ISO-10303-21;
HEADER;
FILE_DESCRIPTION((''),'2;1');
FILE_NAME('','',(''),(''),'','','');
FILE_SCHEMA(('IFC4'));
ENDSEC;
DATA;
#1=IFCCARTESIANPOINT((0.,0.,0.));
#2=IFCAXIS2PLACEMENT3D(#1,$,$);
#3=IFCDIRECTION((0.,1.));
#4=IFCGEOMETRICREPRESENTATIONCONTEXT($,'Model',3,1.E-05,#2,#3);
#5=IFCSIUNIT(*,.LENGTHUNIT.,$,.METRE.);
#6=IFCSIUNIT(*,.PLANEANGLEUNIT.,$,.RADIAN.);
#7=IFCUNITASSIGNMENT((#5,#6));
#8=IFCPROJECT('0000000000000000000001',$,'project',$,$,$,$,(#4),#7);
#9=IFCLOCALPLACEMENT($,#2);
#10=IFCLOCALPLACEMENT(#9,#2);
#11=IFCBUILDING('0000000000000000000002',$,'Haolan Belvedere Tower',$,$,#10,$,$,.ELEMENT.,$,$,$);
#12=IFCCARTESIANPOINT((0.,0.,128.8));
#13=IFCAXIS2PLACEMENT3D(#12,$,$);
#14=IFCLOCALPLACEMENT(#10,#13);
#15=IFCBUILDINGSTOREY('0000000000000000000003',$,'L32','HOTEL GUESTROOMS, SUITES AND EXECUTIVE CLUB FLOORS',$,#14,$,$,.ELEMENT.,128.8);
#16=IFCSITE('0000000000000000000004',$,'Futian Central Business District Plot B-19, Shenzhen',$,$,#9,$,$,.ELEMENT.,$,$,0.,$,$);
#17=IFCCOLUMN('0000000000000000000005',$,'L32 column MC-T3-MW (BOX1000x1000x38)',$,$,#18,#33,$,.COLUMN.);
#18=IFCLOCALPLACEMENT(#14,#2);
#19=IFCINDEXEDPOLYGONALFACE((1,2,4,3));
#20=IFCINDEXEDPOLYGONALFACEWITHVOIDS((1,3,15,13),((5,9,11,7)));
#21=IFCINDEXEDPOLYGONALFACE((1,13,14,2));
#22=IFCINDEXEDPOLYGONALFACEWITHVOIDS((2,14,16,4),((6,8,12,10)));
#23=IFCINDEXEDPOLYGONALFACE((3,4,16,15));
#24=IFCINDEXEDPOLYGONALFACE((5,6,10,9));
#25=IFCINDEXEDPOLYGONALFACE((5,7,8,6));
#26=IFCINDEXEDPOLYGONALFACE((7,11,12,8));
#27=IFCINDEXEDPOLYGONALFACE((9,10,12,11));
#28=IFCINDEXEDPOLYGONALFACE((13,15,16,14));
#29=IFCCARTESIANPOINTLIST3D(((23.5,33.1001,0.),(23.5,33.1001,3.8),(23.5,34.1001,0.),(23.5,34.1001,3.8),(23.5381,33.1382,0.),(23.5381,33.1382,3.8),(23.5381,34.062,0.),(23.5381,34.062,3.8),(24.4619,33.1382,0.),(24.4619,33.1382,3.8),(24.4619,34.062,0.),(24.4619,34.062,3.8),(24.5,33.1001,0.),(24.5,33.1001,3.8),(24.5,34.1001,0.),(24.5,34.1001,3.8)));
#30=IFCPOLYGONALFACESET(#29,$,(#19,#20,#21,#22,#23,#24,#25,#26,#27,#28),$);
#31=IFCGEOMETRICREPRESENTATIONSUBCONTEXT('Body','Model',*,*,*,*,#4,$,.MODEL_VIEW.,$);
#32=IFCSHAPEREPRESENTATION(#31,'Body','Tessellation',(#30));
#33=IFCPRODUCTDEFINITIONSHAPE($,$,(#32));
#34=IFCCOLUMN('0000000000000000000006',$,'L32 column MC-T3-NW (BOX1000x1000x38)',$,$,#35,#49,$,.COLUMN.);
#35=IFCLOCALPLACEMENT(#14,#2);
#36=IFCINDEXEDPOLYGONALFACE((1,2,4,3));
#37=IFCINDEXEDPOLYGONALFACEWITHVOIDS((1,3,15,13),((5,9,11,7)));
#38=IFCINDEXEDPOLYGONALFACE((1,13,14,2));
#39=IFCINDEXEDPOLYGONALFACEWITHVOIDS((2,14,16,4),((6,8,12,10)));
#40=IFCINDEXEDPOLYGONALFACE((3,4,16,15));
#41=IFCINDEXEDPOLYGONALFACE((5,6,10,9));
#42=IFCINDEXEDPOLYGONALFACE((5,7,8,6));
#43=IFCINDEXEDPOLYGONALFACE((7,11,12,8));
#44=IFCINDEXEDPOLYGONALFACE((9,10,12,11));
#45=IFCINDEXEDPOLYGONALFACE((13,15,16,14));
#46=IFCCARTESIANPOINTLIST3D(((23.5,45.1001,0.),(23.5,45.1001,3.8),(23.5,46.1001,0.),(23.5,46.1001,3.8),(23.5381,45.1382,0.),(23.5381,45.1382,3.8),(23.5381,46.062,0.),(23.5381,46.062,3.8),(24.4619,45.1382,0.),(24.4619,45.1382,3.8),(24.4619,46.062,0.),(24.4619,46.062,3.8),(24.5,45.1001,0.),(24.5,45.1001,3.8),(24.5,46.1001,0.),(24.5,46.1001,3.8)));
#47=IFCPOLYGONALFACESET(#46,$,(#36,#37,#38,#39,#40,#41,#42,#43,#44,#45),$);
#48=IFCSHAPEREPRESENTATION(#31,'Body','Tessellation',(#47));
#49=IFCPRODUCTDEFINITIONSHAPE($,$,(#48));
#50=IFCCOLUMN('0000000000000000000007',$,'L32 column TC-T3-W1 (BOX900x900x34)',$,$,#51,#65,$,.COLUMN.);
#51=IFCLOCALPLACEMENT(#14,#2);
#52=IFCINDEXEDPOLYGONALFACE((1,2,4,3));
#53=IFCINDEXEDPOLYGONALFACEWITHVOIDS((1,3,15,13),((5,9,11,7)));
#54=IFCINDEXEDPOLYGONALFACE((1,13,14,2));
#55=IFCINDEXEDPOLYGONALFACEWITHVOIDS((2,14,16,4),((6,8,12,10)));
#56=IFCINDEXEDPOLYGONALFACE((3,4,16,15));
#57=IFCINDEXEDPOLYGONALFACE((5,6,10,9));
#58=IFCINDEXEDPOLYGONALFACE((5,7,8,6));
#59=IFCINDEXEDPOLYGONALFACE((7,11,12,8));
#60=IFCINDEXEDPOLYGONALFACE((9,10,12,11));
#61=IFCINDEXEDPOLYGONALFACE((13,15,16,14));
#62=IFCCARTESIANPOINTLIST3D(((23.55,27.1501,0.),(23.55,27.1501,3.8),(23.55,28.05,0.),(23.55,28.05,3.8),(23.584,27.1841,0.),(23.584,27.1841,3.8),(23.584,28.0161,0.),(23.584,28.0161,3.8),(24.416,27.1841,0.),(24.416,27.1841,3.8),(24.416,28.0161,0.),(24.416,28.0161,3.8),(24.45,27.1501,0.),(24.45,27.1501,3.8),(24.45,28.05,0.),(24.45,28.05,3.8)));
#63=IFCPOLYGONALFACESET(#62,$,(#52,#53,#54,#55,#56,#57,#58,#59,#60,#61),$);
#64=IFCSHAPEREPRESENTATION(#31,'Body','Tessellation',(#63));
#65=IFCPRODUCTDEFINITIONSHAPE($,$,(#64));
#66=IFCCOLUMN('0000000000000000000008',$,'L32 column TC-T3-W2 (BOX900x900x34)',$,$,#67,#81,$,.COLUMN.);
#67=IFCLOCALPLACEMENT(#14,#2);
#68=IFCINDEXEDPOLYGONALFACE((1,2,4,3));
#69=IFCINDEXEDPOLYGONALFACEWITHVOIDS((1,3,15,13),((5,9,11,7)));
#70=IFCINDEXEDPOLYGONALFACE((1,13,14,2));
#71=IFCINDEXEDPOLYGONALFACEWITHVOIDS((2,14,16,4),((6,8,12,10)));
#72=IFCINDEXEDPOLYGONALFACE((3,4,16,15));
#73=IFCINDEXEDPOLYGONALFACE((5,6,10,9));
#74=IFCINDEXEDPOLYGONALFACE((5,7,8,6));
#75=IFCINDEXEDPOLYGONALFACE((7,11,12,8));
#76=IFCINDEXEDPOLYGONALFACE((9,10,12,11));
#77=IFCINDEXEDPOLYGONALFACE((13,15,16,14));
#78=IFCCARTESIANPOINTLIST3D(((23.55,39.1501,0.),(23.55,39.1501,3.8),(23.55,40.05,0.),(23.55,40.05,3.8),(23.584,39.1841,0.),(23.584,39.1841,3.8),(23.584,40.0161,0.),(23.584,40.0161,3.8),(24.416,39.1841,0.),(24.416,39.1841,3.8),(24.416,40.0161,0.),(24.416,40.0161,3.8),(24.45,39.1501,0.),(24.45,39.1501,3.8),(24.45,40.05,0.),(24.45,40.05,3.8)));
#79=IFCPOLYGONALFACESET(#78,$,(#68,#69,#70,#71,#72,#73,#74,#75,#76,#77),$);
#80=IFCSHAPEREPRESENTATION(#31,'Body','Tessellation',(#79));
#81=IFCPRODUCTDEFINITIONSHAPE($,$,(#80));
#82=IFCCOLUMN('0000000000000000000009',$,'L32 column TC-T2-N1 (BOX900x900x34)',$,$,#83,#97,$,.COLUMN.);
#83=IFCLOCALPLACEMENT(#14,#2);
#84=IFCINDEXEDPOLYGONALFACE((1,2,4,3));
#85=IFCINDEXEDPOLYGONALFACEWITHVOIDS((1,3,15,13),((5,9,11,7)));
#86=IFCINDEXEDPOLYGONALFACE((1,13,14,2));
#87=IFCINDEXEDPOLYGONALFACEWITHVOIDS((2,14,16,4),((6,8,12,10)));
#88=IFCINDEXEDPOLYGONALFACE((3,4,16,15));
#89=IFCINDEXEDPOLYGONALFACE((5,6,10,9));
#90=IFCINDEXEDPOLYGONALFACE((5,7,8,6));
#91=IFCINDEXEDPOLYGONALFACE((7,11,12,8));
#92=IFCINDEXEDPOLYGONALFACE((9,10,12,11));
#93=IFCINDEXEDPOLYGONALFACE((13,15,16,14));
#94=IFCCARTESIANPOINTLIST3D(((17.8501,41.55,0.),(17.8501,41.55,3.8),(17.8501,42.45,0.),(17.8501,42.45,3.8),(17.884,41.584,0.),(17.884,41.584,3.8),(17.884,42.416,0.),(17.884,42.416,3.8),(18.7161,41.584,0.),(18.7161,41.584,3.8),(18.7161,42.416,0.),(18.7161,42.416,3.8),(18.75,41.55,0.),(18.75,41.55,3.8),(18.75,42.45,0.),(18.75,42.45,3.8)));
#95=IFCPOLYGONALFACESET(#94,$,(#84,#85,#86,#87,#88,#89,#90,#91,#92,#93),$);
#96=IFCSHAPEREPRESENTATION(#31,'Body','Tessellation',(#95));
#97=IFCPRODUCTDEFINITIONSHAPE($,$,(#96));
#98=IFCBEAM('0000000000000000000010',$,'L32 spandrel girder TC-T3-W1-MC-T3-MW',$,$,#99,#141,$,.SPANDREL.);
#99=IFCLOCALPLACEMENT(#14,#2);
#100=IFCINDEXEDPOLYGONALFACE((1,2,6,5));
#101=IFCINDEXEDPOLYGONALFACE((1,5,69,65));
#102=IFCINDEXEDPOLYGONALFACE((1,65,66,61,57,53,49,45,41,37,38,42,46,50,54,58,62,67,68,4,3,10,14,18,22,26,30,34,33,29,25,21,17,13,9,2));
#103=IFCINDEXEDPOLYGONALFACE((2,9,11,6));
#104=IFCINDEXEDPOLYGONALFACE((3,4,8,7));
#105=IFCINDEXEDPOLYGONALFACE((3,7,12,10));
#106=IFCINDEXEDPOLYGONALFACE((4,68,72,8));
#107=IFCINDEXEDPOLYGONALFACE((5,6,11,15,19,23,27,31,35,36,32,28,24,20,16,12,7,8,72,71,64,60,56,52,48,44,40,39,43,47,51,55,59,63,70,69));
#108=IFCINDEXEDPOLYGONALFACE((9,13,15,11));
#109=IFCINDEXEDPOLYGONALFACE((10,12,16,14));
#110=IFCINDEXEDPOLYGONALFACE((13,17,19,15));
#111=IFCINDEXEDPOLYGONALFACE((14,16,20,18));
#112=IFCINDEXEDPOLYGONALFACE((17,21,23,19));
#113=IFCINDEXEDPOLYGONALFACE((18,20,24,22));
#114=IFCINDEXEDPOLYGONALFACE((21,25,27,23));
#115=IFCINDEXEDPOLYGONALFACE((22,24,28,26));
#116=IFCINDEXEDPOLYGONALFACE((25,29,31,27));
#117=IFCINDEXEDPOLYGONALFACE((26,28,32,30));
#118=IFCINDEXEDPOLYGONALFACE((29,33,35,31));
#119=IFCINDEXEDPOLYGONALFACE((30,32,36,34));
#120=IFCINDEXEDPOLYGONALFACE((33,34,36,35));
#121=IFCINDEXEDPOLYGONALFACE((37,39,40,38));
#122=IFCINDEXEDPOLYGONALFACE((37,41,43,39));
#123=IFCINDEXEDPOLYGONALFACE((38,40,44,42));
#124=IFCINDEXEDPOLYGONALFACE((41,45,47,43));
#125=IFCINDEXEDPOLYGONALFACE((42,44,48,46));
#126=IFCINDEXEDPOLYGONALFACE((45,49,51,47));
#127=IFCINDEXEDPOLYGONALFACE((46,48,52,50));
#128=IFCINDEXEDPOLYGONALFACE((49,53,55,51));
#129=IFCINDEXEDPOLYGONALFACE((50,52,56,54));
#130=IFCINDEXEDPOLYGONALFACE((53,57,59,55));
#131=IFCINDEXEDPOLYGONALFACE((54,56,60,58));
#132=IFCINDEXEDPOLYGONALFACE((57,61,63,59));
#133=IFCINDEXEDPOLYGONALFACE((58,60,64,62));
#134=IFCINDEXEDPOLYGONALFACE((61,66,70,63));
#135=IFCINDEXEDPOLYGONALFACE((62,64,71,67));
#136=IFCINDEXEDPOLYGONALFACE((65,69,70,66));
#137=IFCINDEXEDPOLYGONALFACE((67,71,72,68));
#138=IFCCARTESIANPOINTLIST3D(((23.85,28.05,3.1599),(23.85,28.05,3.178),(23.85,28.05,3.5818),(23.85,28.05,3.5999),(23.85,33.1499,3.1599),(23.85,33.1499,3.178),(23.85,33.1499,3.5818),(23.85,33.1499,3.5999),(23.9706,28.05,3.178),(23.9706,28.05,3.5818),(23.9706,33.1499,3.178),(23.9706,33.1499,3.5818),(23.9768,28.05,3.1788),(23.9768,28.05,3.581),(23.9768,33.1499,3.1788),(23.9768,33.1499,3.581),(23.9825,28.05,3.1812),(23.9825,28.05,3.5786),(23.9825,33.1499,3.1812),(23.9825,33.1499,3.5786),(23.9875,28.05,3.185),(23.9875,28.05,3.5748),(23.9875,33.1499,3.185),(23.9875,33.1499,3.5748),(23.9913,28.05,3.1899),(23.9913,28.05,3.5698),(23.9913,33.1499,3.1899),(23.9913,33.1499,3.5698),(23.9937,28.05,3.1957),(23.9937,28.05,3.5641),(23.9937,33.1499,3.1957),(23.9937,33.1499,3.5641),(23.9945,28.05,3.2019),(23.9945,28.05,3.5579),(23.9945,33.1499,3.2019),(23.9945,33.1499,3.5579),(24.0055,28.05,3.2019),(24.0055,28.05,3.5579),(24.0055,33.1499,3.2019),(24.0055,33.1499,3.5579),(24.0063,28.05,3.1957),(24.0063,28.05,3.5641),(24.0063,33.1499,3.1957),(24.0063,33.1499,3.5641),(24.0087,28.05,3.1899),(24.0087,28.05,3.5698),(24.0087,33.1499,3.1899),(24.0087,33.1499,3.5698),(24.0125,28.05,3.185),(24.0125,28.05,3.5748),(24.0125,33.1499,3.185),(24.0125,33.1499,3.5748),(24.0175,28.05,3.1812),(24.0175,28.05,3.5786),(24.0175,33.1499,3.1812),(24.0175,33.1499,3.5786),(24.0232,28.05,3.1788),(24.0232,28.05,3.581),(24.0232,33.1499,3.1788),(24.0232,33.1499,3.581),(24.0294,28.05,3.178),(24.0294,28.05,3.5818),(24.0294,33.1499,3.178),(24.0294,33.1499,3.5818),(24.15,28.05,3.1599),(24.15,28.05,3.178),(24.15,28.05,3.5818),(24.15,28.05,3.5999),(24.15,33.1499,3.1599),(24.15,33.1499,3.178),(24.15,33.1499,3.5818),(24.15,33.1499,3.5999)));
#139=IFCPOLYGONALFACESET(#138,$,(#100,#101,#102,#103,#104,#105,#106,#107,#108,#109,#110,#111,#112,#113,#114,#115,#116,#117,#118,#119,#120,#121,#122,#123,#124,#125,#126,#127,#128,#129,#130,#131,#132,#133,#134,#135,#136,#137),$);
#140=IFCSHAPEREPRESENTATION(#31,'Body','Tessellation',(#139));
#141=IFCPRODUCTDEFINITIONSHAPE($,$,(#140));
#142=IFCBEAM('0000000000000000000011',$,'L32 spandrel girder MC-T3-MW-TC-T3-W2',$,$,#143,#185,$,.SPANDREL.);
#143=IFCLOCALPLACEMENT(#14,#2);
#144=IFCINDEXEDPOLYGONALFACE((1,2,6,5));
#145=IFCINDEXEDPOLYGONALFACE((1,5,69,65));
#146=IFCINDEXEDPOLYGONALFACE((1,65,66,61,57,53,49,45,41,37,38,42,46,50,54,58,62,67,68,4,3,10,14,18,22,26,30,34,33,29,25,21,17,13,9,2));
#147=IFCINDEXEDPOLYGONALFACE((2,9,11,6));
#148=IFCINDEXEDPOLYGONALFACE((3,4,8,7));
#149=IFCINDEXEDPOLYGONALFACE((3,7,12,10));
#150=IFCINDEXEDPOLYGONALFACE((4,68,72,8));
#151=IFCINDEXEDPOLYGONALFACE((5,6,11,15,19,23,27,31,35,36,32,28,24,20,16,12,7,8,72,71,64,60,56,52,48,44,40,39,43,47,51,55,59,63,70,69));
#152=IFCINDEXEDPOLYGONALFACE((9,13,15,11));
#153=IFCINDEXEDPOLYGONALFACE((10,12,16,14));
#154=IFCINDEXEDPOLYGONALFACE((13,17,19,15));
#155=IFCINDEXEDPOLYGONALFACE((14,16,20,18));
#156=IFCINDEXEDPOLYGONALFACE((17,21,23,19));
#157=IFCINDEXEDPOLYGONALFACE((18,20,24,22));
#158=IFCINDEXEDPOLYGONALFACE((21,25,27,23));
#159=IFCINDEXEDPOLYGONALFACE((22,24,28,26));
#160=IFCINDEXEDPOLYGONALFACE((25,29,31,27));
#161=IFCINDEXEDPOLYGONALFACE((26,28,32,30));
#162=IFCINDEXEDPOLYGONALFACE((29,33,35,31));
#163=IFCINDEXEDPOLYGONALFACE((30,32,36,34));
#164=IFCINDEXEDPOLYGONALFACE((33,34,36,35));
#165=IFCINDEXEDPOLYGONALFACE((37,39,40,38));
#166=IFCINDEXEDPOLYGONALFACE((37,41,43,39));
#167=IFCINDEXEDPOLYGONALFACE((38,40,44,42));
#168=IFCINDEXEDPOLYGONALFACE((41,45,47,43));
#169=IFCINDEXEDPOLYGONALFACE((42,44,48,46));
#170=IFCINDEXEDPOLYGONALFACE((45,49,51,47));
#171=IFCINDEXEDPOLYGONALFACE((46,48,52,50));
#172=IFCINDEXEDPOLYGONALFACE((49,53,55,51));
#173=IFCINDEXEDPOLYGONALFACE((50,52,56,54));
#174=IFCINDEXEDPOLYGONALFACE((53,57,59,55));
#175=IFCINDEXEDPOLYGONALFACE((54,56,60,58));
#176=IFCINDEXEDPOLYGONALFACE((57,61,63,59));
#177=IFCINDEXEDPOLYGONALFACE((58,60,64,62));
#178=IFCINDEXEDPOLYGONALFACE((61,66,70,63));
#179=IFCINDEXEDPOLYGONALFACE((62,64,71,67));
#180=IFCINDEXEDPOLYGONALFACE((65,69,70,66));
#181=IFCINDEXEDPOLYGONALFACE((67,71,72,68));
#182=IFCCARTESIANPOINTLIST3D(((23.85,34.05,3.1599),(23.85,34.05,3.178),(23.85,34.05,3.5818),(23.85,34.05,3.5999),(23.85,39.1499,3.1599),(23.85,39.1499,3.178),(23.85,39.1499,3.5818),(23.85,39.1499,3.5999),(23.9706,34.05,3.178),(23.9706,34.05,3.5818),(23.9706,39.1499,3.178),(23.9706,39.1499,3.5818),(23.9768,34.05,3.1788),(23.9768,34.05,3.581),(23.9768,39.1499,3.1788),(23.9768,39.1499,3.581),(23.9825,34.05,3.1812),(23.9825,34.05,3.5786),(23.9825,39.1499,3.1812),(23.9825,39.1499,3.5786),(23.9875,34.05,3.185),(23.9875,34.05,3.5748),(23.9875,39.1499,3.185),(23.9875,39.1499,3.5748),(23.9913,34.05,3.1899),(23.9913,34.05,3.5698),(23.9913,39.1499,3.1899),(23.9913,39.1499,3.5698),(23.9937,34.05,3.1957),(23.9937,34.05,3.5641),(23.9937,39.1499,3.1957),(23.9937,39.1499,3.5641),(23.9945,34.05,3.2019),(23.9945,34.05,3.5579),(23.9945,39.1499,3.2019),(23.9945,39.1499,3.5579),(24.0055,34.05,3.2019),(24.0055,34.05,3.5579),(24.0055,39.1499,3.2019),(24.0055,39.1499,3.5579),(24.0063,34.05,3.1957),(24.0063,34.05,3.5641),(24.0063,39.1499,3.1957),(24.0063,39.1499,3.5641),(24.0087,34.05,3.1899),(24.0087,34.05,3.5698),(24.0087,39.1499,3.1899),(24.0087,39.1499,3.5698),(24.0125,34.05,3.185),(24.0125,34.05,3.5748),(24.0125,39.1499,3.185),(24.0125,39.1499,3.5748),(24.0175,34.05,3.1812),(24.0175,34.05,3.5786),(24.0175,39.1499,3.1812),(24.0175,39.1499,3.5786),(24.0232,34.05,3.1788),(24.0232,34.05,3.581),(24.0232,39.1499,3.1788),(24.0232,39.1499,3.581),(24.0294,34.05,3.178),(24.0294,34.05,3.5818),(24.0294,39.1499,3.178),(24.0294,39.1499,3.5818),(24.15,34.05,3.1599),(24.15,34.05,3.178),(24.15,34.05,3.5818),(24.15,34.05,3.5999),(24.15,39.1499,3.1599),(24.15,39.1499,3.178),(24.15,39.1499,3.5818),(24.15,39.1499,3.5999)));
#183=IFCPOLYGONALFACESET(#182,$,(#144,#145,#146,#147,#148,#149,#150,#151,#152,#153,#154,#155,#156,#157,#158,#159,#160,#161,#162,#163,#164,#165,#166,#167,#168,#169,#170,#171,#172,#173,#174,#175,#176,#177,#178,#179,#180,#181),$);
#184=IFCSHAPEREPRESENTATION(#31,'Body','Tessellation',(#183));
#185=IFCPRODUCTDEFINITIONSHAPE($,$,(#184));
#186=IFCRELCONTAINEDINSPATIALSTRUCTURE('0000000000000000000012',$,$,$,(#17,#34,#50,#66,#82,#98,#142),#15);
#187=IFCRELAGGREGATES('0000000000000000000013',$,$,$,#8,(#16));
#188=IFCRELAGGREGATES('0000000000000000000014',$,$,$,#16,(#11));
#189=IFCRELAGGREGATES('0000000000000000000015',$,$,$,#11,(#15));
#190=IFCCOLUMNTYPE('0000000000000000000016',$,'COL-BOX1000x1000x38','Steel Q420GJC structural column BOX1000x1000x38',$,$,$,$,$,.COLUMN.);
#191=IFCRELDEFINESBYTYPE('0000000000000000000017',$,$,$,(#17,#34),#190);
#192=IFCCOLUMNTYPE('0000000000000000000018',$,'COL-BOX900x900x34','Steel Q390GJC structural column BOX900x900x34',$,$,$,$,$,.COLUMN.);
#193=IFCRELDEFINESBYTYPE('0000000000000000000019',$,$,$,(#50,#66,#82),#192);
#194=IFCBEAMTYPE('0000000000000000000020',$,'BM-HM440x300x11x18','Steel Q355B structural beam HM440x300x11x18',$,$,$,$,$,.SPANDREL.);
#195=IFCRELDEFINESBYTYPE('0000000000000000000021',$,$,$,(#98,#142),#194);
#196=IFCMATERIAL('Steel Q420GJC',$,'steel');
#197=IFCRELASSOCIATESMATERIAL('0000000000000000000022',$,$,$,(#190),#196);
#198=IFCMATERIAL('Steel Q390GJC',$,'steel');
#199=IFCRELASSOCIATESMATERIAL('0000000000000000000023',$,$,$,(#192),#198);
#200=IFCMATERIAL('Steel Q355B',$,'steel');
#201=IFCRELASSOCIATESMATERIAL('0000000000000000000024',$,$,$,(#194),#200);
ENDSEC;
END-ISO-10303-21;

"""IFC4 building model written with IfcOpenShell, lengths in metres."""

from ifc_helpers import new_model, si_unit, direction, frame, origin, origin_2d, place, context, subcontext, project, spatial, hollow_rectangle, i_section, extrude, material, material_profile, profile_set, type_object, element, save


model = new_model("IFC4")

# Units and contexts
model_context = context("Model", 3, precision=1e-05, world=origin(), true_north=direction((0.0, 1.0)))
body_context = subcontext(model_context, "Body", "Model", "MODEL_VIEW")
ifc_project = project(units=[si_unit("LENGTHUNIT", "METRE"), si_unit("PLANEANGLEUNIT", "RADIAN")], contexts=[model_context])

# Site, building, storey
site_placement = place(None, origin())
site = spatial("IfcSite", under=ifc_project, at=site_placement, Name="Futian Central Business District Plot B-19, Shenzhen", CompositionType="ELEMENT", RefElevation=0.0)
building_placement = place(site_placement, origin())
building = spatial("IfcBuilding", under=site, at=building_placement, Name="Haolan Belvedere Tower", CompositionType="ELEMENT")
storey_placement = place(building_placement, frame((0.0, 0.0, 128.8)))
storey = spatial("IfcBuildingStorey", under=building, at=storey_placement, Name="L32", Description="HOTEL GUESTROOMS, SUITES AND EXECUTIVE CLUB FLOORS", CompositionType="ELEMENT", Elevation=128.8)

# Columns
ifc_material_1 = material(Name="Steel Q420GJC", Category="steel")
ifc_material_profile_1 = material_profile(ifc_material_1, hollow_rectangle(XDim=1.0, YDim=1.0, WallThickness=0.0381, at=origin_2d()), Name="Steel Q420GJC")
ifc_profile_set_1 = profile_set([ifc_material_profile_1], Name="Steel Q420GJC")
column_type_1 = type_object("IfcColumnType", Name="COL-BOX1000x1000x38", Description="Steel Q420GJC structural column BOX1000x1000x38", PredefinedType="COLUMN", material=ifc_profile_set_1)
for number, where, z_axis, x_axis, name in (
    (1, (24.0, 33.6001, 0.0), (0.0, 0.0, 1.0), (1.0, 0.0, 0.0), "L32 column MC-T3-MW (BOX1000x1000x38)"),
    (2, (24.0, 45.6001, 0.0), (0.0, 0.0, 1.0), (1.0, 0.0, 0.0), "L32 column MC-T3-NW (BOX1000x1000x38)"),
):
    element("IfcColumn", number, at=place(storey_placement, frame(where, z_axis=z_axis, x_axis=x_axis)), inside=storey, type_object=column_type_1, Name=name, PredefinedType="COLUMN", context=body_context, shape_type="SweptSolid", body=[
        extrude(hollow_rectangle(XDim=1.0, YDim=1.0, WallThickness=0.0381, at=origin_2d()), origin(), (0.0, 0.0, 1.0), 3.8),
    ])
ifc_material_2 = material(Name="Steel Q390GJC", Category="steel")
ifc_material_profile_2 = material_profile(ifc_material_2, hollow_rectangle(XDim=0.8999, YDim=0.8999, WallThickness=0.0339, at=origin_2d()), Name="Steel Q390GJC")
ifc_profile_set_2 = profile_set([ifc_material_profile_2], Name="Steel Q390GJC")
column_type_2 = type_object("IfcColumnType", Name="COL-BOX900x900x34", Description="Steel Q390GJC structural column BOX900x900x34", PredefinedType="COLUMN", material=ifc_profile_set_2)
for number, where, z_axis, x_axis, name in (
    (3, (24.0, 27.6001, 0.0), (0.0, 0.0, 1.0), (1.0, 0.0, 0.0), "L32 column TC-T3-W1 (BOX900x900x34)"),
    (4, (24.0, 39.6001, 0.0), (0.0, 0.0, 1.0), (1.0, 0.0, 0.0), "L32 column TC-T3-W2 (BOX900x900x34)"),
    (5, (18.3, 42.0, 0.0), (0.0, 0.0, 1.0), (1.0, 0.0, 0.0), "L32 column TC-T2-N1 (BOX900x900x34)"),
):
    element("IfcColumn", number, at=place(storey_placement, frame(where, z_axis=z_axis, x_axis=x_axis)), inside=storey, type_object=column_type_2, Name=name, PredefinedType="COLUMN", context=body_context, shape_type="SweptSolid", body=[
        extrude(hollow_rectangle(XDim=0.8999, YDim=0.8999, WallThickness=0.0339, at=origin_2d()), origin(), (0.0, 0.0, 1.0), 3.8),
    ])

# Beams
ifc_material_3 = material(Name="Steel Q355B", Category="steel")
ifc_material_profile_3 = material_profile(ifc_material_3, i_section(OverallWidth=0.3, OverallDepth=0.4399, WebThickness=0.011, FlangeThickness=0.0181, FilletRadius=0.0239, at=origin_2d()), Name="Steel Q355B")
ifc_profile_set_3 = profile_set([ifc_material_profile_3], Name="Steel Q355B")
beam_type = type_object("IfcBeamType", Name="BM-HM440x300x11x18", Description="Steel Q355B structural beam HM440x300x11x18", PredefinedType="SPANDREL", material=ifc_profile_set_3)
for number, where, z_axis, x_axis, name in (
    (6, (24.0, 28.05, 3.3799), (0.0, 1.0, 0.0), (-1.0, 0.0, 0.0), "L32 spandrel girder TC-T3-W1-MC-T3-MW"),
    (7, (24.0, 34.05, 3.3799), (0.0, 1.0, 0.0), (-1.0, 0.0, 0.0), "L32 spandrel girder MC-T3-MW-TC-T3-W2"),
):
    element("IfcBeam", number, at=place(storey_placement, frame(where, z_axis=z_axis, x_axis=x_axis)), inside=storey, type_object=beam_type, Name=name, PredefinedType="SPANDREL", context=body_context, shape_type="SweptSolid", body=[
        extrude(i_section(OverallWidth=0.3, OverallDepth=0.4399, WebThickness=0.011, FlangeThickness=0.0181, FilletRadius=0.0239, at=origin_2d()), origin(), (0.0, 0.0, 1.0), 5.0999),
    ])

save(model, "model.ifc")
